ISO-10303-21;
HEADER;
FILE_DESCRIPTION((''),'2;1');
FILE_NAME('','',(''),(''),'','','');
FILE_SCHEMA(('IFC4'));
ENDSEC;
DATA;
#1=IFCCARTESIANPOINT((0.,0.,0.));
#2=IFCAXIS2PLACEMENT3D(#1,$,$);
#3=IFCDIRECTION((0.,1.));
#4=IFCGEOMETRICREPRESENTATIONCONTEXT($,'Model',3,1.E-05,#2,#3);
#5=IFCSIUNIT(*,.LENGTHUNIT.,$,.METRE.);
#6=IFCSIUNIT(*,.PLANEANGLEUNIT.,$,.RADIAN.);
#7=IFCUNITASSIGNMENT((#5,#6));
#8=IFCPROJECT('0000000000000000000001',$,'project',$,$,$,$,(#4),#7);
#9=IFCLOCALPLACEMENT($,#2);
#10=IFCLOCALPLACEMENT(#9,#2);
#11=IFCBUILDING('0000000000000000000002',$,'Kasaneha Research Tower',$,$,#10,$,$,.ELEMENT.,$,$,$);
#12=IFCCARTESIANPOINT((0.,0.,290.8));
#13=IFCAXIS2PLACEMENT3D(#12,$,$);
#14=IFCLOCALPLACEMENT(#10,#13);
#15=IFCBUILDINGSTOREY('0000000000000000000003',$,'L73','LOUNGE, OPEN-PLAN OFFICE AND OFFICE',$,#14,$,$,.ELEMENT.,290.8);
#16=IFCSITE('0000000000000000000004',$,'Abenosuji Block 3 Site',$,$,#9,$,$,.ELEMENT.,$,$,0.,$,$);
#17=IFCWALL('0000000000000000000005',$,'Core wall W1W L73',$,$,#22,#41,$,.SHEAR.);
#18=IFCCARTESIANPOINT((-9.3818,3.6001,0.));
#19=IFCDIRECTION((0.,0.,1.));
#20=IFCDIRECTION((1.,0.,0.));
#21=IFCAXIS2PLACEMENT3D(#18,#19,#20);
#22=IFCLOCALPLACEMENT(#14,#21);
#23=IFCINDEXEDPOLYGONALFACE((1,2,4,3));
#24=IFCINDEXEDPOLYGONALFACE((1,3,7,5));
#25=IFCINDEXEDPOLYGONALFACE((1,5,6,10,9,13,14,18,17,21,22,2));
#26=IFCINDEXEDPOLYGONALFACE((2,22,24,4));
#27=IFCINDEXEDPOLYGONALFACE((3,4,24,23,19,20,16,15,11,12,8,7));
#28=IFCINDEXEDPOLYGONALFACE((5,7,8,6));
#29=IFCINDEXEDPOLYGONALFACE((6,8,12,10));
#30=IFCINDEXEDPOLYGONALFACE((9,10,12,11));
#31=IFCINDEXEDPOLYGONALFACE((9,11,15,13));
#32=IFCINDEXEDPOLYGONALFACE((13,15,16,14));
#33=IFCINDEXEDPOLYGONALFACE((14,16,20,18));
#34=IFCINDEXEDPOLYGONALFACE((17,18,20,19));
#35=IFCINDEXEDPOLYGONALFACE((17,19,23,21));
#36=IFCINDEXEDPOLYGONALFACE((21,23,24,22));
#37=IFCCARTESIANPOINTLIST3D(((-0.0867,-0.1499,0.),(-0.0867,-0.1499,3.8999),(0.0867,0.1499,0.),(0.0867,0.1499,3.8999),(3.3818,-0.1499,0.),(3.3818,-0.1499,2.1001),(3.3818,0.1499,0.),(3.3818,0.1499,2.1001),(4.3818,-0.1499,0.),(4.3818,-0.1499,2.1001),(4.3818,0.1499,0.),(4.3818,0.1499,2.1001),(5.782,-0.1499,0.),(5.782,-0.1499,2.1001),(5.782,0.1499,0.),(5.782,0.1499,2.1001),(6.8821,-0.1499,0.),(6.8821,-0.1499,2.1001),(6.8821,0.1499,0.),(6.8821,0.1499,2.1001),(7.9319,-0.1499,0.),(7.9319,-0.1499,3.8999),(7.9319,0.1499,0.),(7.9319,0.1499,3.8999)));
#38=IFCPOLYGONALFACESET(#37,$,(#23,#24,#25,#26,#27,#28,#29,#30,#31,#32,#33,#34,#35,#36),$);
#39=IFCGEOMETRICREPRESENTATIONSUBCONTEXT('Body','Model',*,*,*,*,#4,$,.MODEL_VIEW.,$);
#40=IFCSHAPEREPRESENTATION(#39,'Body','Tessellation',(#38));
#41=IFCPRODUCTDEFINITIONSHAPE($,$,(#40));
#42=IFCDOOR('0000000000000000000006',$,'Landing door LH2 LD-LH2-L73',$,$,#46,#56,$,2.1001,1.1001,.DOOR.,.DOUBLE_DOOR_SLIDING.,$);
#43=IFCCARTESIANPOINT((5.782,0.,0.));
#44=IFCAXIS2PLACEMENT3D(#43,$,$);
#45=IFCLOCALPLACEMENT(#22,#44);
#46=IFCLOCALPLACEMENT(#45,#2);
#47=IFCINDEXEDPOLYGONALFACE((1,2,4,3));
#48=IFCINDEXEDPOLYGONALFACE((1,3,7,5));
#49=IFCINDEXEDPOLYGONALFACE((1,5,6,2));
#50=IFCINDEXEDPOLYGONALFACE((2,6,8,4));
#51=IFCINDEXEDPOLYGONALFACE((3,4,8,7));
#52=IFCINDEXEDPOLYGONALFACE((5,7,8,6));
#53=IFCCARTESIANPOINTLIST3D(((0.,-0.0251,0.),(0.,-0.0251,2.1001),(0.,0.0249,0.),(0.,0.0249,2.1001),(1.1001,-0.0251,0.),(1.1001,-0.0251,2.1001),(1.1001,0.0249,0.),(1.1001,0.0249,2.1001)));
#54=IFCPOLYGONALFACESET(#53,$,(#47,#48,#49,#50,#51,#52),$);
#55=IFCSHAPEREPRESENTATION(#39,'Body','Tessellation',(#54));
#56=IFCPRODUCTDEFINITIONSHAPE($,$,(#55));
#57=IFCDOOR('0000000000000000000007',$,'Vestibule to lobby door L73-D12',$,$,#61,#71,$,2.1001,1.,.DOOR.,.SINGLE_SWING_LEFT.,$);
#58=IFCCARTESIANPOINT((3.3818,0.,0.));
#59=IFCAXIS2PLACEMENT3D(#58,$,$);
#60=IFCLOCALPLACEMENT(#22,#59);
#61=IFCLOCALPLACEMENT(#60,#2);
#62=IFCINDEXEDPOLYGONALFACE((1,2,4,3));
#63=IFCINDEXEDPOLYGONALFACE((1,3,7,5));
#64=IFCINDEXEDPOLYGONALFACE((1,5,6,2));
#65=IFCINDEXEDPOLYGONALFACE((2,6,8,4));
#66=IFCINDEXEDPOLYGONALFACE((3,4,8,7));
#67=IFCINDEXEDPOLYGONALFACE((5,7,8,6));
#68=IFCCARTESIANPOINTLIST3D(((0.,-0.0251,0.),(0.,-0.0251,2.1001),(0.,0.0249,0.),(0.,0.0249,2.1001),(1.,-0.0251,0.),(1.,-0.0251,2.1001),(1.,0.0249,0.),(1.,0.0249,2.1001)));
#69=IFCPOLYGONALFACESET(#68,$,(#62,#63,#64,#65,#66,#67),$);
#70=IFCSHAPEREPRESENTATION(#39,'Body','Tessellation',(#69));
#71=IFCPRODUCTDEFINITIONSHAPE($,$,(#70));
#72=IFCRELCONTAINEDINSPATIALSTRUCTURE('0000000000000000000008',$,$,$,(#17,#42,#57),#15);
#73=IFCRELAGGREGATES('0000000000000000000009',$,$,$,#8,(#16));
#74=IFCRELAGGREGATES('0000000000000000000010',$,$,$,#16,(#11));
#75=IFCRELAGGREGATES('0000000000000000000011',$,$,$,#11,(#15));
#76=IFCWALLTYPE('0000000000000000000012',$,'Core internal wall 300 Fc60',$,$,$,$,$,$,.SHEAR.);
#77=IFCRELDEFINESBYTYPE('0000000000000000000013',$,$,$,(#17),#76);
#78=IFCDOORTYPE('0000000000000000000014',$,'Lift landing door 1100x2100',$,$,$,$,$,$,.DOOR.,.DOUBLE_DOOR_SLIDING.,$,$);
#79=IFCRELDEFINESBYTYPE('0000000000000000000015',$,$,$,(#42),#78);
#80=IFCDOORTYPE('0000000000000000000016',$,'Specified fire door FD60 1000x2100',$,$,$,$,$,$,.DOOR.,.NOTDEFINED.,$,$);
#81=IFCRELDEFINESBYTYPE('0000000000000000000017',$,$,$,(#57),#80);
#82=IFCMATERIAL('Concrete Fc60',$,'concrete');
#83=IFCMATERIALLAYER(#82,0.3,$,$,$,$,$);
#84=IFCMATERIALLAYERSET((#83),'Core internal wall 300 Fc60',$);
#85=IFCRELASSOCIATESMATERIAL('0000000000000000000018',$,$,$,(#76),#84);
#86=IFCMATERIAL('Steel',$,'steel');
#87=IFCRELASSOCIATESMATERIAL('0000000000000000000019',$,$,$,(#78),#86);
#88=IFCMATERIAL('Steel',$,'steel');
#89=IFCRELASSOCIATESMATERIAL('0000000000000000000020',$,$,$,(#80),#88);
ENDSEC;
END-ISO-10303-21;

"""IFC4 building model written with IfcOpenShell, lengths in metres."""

from ifc_helpers import new_model, si_unit, direction, frame, frame_2d, origin, place, context, subcontext, project, spatial, polyline, rectangle, outline, extrude, material, layer, layer_set, type_object, element, fill, save


model = new_model("IFC4")

# Units and contexts
model_context = context("Model", 3, precision=1e-05, world=origin(), true_north=direction((0.0, 1.0)))
body_context = subcontext(model_context, "Body", "Model", "MODEL_VIEW")
ifc_project = project(units=[si_unit("LENGTHUNIT", "METRE"), si_unit("PLANEANGLEUNIT", "RADIAN")], contexts=[model_context])

# Site, building, storey
site_placement = place(None, origin())
site = spatial("IfcSite", under=ifc_project, at=site_placement, Name="Abenosuji Block 3 Site", CompositionType="ELEMENT", RefElevation=0.0)
building_placement = place(site_placement, origin())
building = spatial("IfcBuilding", under=site, at=building_placement, Name="Kasaneha Research Tower", CompositionType="ELEMENT")
storey_placement = place(building_placement, frame((0.0, 0.0, 290.8)))
storey = spatial("IfcBuildingStorey", under=building, at=storey_placement, Name="L73", Description="LOUNGE, OPEN-PLAN OFFICE AND OFFICE", CompositionType="ELEMENT", Elevation=290.8)

# Wall, openings, doors
ifc_material_1 = material(Name="Concrete Fc60", Category="concrete")
ifc_layer_1 = layer(ifc_material_1, 0.3)
ifc_layer_set_1 = layer_set([ifc_layer_1], Name="Core internal wall 300 Fc60")
wall_type_1 = type_object("IfcWallType", Name="Core internal wall 300 Fc60", PredefinedType="SHEAR", material=ifc_layer_set_1)
wall_1_placement = place(storey_placement, frame((-9.3818, 3.6001, 0.0), z_axis=(0.0, 0.0, 1.0), x_axis=(1.0, 0.0, 0.0)))
wall_1 = element("IfcWall", 1, at=wall_1_placement, inside=storey, type_object=wall_type_1, Name="Core wall W1W L73", PredefinedType="SHEAR", context=body_context, shape_type="SweptSolid", body=[
    extrude(outline(polyline([(-0.0867, -0.1499), (3.3818, -0.1499), (4.3818, -0.1499), (5.782, -0.1499), (6.8821, -0.1499), (7.9319, -0.1499), (7.9319, 0.1499), (6.8821, 0.1499), (5.782, 0.1499), (4.3818, 0.1499), (3.3818, 0.1499), (0.0867, 0.1499), (-0.0867, -0.1499)])), origin(), (0.0, 0.0, 1.0), 3.8999),
])
opening_1_placement = place(wall_1_placement, frame((3.3818, 0.0, 0.0)))
opening_1 = element("IfcOpeningElement", 2, at=opening_1_placement, cuts=wall_1, PredefinedType="OPENING", context=body_context, shape_type="SweptSolid", body=[
    extrude(rectangle(XDim=1.0, YDim=2.1001, at=frame_2d((0.5, 1.05))), frame((0.0, 0.1602, 0.0), z_axis=(0.0, -1.0, 0.0), x_axis=(1.0, 0.0, 0.0)), (0.0, 0.0, 1.0), 0.3201),
])
opening_2_placement = place(wall_1_placement, frame((5.782, 0.0, 0.0)))
opening_2 = element("IfcOpeningElement", 3, at=opening_2_placement, cuts=wall_1, PredefinedType="OPENING", context=body_context, shape_type="SweptSolid", body=[
    extrude(rectangle(XDim=1.1001, YDim=2.1001, at=frame_2d((0.55, 1.05))), frame((0.0, 0.1602, 0.0), z_axis=(0.0, -1.0, 0.0), x_axis=(1.0, 0.0, 0.0)), (0.0, 0.0, 1.0), 0.3201),
])
ifc_material_2 = material(Name="Steel", Category="steel")
door_type_1 = type_object("IfcDoorType", Name="Lift landing door 1100x2100", OperationType="DOUBLE_DOOR_SLIDING", PredefinedType="DOOR", material=ifc_material_2)
door_1_placement = place(opening_2_placement, origin())
door_1 = element("IfcDoor", 4, at=door_1_placement, inside=storey, type_object=door_type_1, Name="Landing door LH2 LD-LH2-L73", OperationType="DOUBLE_DOOR_SLIDING", OverallHeight=2.1001, OverallWidth=1.1001, PredefinedType="DOOR", context=body_context, shape_type="SweptSolid", body=[
    extrude(rectangle(XDim=1.1001, YDim=2.1001, at=frame_2d((0.55, 1.05))), frame((0.0, 0.0249, 0.0), z_axis=(0.0, -1.0, 0.0), x_axis=(1.0, 0.0, 0.0)), (0.0, 0.0, 1.0), 0.05),
])
fill(opening_2, door_1)
ifc_material_3 = material(Name="Steel", Category="steel")
door_type_2 = type_object("IfcDoorType", Name="Specified fire door FD60 1000x2100", OperationType="NOTDEFINED", PredefinedType="DOOR", material=ifc_material_3)
door_2_placement = place(opening_1_placement, origin())
door_2 = element("IfcDoor", 5, at=door_2_placement, inside=storey, type_object=door_type_2, Name="Vestibule to lobby door L73-D12", OperationType="SINGLE_SWING_LEFT", OverallHeight=2.1001, OverallWidth=1.0, PredefinedType="DOOR", context=body_context, shape_type="SweptSolid", body=[
    extrude(rectangle(XDim=1.0, YDim=2.1001, at=frame_2d((0.5, 1.05))), frame((0.0, 0.0249, 0.0), z_axis=(0.0, -1.0, 0.0), x_axis=(1.0, 0.0, 0.0)), (0.0, 0.0, 1.0), 0.05),
])
fill(opening_1, door_2)

save(model, "model.ifc")
